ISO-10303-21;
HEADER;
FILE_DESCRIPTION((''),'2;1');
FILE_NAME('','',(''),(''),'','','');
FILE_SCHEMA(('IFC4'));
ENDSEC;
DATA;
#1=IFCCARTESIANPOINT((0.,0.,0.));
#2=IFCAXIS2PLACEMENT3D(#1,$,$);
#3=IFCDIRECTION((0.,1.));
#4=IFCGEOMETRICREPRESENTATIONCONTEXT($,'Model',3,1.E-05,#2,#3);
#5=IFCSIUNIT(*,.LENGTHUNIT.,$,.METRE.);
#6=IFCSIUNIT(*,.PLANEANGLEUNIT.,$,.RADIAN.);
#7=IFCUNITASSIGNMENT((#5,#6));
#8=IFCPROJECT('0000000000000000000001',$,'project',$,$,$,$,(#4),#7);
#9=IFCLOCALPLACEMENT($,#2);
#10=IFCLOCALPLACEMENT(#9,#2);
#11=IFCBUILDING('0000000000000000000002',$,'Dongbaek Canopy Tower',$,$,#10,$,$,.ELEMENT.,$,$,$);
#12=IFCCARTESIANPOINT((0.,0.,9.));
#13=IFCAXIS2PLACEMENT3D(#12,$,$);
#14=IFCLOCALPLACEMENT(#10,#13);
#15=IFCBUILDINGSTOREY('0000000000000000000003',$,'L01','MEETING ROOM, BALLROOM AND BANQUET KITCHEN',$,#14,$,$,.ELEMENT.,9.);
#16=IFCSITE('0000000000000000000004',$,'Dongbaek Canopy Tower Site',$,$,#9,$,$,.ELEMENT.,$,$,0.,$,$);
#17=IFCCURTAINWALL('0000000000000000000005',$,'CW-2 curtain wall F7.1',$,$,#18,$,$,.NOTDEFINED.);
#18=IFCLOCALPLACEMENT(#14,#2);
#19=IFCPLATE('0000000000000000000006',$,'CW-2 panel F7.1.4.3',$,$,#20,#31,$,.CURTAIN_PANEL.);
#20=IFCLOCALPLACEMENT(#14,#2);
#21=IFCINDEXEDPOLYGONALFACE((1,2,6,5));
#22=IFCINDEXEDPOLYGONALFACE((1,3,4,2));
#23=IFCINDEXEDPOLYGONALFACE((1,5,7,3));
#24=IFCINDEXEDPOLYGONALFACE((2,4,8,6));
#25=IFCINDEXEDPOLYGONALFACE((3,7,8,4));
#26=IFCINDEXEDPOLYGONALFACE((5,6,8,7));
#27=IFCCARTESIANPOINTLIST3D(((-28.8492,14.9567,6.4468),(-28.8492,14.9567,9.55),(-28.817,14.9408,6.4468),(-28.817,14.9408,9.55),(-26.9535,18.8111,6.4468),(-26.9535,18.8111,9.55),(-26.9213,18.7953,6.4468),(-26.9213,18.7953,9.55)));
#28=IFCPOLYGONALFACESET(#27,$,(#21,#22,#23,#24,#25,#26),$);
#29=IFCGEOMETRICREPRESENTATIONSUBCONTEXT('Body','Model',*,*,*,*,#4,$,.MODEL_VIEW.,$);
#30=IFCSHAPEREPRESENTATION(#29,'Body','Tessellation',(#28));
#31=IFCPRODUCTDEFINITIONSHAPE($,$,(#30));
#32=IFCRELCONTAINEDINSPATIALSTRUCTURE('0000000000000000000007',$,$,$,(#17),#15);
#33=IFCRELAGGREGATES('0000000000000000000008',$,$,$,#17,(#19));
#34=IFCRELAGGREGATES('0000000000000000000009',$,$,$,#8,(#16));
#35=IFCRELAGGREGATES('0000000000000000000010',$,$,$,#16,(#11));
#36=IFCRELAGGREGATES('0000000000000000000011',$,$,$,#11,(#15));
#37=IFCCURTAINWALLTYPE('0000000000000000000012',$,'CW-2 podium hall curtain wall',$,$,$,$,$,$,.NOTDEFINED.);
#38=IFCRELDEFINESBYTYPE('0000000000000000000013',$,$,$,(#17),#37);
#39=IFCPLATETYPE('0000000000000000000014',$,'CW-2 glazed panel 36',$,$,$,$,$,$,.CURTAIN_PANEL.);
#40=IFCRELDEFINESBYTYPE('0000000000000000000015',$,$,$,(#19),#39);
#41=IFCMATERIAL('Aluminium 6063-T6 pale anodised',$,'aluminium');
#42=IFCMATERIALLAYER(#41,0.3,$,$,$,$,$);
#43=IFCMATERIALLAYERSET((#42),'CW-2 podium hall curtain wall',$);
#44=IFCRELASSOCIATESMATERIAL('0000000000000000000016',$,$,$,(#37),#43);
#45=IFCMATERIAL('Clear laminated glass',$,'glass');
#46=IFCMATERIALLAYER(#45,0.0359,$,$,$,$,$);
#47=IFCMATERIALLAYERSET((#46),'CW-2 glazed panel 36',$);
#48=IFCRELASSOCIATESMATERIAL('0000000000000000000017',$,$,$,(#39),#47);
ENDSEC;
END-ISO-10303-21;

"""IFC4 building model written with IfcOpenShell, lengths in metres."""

from ifc_helpers import new_model, si_unit, direction, frame, origin, origin_2d, place, context, subcontext, project, spatial, rectangle, extrude, material, layer, layer_set, type_object, element, aggregate, save


model = new_model("IFC4")

# Units and contexts
model_context = context("Model", 3, precision=1e-05, world=origin(), true_north=direction((0.0, 1.0)))
body_context = subcontext(model_context, "Body", "Model", "MODEL_VIEW")
ifc_project = project(units=[si_unit("LENGTHUNIT", "METRE"), si_unit("PLANEANGLEUNIT", "RADIAN")], contexts=[model_context])

# Site, building, storey
site_placement = place(None, origin())
site = spatial("IfcSite", under=ifc_project, at=site_placement, Name="Dongbaek Canopy Tower Site", CompositionType="ELEMENT", RefElevation=0.0)
building_placement = place(site_placement, origin())
building = spatial("IfcBuilding", under=site, at=building_placement, Name="Dongbaek Canopy Tower", CompositionType="ELEMENT")
storey_placement = place(building_placement, frame((0.0, 0.0, 9.0)))
storey = spatial("IfcBuildingStorey", under=building, at=storey_placement, Name="L01", Description="MEETING ROOM, BALLROOM AND BANQUET KITCHEN", CompositionType="ELEMENT", Elevation=9.0)

# Shared definitions
ifc_material_1 = material(Name="Aluminium 6063-T6 pale anodised", Category="aluminium")
ifc_layer_1 = layer(ifc_material_1, 0.3)
ifc_layer_set_1 = layer_set([ifc_layer_1], Name="CW-2 podium hall curtain wall")
curtain_wall_type = type_object("IfcCurtainWallType", Name="CW-2 podium hall curtain wall", PredefinedType="NOTDEFINED", material=ifc_layer_set_1)

# Curtain wall
curtain_wall_1_placement = place(storey_placement, origin())
curtain_wall_1 = element("IfcCurtainWall", 1, at=curtain_wall_1_placement, inside=storey, type_object=curtain_wall_type, Name="CW-2 curtain wall F7.1", PredefinedType="NOTDEFINED")

# Plate
ifc_material_2 = material(Name="Clear laminated glass", Category="glass")
ifc_layer_2 = layer(ifc_material_2, 0.0359)
ifc_layer_set_2 = layer_set([ifc_layer_2], Name="CW-2 glazed panel 36")
plate_type = type_object("IfcPlateType", Name="CW-2 glazed panel 36", PredefinedType="CURTAIN_PANEL", material=ifc_layer_set_2)
plate_1_placement = place(storey_placement, frame((-27.8853, 16.876, 6.4468), z_axis=(0.0, 0.0, 1.0), x_axis=(-0.441342, -0.897339, 0.0)))
plate_1 = element("IfcPlate", 2, at=plate_1_placement, type_object=plate_type, Name="CW-2 panel F7.1.4.3", PredefinedType="CURTAIN_PANEL", context=body_context, shape_type="SweptSolid", body=[
    extrude(rectangle(XDim=4.2954, YDim=0.0359, at=origin_2d()), origin(), (0.0, 0.0, 1.0), 3.1033),
])
aggregate(curtain_wall_1, [plate_1])

save(model, "model.ifc")
